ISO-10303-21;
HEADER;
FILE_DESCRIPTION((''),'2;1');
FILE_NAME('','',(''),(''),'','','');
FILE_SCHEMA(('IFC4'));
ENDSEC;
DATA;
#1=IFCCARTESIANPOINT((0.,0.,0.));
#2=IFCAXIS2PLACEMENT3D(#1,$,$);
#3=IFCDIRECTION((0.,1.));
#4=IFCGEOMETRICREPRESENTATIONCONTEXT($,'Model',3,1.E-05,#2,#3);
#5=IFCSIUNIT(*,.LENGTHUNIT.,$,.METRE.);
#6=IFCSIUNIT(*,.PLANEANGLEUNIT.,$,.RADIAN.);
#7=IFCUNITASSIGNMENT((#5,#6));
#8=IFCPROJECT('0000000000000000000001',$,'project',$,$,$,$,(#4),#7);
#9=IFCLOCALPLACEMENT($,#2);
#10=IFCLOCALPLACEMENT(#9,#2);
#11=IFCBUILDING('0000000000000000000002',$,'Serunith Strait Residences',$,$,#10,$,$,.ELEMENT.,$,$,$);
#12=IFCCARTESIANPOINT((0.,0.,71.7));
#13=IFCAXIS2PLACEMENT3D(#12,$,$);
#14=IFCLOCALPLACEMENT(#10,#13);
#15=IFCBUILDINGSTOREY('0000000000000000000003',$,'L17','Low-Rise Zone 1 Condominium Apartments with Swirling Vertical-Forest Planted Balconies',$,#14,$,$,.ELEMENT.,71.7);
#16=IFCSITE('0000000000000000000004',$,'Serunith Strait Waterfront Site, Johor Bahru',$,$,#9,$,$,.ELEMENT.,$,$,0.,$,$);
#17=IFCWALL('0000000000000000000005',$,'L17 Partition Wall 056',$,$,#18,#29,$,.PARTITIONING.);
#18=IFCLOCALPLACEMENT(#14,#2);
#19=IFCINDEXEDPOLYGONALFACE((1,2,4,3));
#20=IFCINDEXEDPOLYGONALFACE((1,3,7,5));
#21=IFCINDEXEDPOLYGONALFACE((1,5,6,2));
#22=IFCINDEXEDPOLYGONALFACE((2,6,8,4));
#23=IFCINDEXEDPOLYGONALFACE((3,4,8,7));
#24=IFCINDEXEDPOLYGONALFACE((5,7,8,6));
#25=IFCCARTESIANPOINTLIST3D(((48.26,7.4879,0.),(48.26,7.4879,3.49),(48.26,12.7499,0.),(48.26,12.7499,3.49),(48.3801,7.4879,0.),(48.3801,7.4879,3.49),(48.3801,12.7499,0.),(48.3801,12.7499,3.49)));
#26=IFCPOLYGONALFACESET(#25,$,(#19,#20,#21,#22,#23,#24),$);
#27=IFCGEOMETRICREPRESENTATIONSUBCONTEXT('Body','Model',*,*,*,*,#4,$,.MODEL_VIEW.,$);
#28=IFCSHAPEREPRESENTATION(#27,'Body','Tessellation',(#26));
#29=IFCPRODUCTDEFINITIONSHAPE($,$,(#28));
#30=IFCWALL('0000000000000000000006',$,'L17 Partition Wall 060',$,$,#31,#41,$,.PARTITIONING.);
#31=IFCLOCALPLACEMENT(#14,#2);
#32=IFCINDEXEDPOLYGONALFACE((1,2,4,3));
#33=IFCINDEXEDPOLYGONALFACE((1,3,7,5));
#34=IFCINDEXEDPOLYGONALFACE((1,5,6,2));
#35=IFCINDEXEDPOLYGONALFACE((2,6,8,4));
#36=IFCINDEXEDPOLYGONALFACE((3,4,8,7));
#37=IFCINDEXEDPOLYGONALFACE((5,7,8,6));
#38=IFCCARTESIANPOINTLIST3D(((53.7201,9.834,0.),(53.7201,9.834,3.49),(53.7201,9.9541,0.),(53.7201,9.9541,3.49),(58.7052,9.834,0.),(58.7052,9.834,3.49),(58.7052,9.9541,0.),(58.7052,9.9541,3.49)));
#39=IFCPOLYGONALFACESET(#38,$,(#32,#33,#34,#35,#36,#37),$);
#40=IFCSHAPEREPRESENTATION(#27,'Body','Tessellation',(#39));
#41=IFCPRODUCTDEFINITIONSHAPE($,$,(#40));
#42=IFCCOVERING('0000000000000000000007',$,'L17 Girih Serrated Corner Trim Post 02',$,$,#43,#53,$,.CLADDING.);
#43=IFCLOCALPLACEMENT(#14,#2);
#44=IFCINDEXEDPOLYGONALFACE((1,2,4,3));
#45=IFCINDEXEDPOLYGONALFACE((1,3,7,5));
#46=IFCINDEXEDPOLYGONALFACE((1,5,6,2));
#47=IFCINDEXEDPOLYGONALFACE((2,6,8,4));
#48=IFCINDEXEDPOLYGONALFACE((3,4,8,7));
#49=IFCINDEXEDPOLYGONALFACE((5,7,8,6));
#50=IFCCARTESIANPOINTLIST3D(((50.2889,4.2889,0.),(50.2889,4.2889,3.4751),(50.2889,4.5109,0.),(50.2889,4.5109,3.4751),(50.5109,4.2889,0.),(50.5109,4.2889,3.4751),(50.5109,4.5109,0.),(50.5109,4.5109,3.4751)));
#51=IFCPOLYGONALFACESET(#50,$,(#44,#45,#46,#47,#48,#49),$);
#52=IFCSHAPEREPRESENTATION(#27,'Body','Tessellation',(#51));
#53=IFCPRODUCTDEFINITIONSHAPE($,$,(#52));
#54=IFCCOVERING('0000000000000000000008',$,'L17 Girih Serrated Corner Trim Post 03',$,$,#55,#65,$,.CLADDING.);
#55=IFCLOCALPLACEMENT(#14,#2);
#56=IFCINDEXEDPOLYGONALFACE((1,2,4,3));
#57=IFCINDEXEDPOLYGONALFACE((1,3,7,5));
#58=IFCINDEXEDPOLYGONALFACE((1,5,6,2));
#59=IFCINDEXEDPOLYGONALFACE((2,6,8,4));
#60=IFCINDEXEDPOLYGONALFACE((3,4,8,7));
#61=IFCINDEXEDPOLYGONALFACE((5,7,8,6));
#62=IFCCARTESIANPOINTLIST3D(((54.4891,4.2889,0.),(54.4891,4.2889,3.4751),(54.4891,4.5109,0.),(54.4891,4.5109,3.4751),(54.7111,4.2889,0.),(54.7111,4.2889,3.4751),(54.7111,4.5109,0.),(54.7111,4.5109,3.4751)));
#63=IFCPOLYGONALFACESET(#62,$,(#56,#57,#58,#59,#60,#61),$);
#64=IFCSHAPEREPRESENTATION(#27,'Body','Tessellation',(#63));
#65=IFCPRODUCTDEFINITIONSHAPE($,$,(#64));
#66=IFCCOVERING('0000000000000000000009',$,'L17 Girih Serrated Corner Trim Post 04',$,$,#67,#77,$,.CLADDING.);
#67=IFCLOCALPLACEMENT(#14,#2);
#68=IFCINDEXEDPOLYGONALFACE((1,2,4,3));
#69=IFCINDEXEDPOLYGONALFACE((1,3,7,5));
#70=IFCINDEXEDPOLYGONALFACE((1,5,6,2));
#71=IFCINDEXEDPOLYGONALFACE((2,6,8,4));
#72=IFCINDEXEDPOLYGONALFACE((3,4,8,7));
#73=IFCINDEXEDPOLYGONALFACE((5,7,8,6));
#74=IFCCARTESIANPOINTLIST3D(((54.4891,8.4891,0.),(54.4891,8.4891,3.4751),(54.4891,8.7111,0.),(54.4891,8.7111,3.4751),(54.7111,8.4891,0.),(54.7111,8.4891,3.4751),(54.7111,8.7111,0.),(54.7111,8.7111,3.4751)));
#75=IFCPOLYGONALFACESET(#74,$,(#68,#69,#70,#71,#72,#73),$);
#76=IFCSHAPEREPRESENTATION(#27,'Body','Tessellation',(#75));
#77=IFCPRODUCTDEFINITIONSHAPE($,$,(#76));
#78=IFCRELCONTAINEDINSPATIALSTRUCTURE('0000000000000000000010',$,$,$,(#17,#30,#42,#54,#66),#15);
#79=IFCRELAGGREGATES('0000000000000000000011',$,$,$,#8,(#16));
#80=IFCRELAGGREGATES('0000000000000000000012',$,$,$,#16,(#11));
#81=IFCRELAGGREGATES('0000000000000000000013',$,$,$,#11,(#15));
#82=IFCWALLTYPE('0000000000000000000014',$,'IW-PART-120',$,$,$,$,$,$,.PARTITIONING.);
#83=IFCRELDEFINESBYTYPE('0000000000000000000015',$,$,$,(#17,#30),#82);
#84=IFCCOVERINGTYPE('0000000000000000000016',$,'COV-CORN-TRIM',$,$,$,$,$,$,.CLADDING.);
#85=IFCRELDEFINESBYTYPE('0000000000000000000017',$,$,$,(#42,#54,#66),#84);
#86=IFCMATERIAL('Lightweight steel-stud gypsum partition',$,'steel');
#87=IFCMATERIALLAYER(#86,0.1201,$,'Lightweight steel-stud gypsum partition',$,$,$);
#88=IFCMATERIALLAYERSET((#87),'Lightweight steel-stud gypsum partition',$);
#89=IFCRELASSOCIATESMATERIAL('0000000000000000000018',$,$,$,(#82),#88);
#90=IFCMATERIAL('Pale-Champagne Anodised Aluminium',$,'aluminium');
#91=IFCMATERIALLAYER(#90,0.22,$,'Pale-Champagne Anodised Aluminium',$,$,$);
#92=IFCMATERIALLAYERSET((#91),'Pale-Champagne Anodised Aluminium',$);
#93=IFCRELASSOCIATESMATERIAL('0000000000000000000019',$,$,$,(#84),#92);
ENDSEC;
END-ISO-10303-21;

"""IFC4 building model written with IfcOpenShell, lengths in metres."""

from ifc_helpers import new_model, si_unit, direction, frame, frame_2d, origin, origin_2d, place, context, subcontext, project, spatial, rectangle, extrude, source, transform, mapped, material, layer, layer_set, type_object, element, save


model = new_model("IFC4")

# Units and contexts
model_context = context("Model", 3, precision=1e-05, world=origin(), true_north=direction((0.0, 1.0)))
body_context = subcontext(model_context, "Body", "Model", "MODEL_VIEW")
ifc_project = project(units=[si_unit("LENGTHUNIT", "METRE"), si_unit("PLANEANGLEUNIT", "RADIAN")], contexts=[model_context])

# Site, building, storey
site_placement = place(None, origin())
site = spatial("IfcSite", under=ifc_project, at=site_placement, Name="Serunith Strait Waterfront Site, Johor Bahru", CompositionType="ELEMENT", RefElevation=0.0)
building_placement = place(site_placement, origin())
building = spatial("IfcBuilding", under=site, at=building_placement, Name="Serunith Strait Residences", CompositionType="ELEMENT")
storey_placement = place(building_placement, frame((0.0, 0.0, 71.7)))
storey = spatial("IfcBuildingStorey", under=building, at=storey_placement, Name="L17", Description="Low-Rise Zone 1 Condominium Apartments with Swirling Vertical-Forest Planted Balconies", CompositionType="ELEMENT", Elevation=71.7)

# Shared definitions
ifc_material_1 = material(Name="Pale-Champagne Anodised Aluminium", Category="aluminium")

# Shared definitions
ifc_material_2 = material(Name="Lightweight steel-stud gypsum partition", Category="steel")
ifc_layer_1 = layer(ifc_material_2, 0.1201, Name="Lightweight steel-stud gypsum partition")
ifc_layer_set_1 = layer_set([ifc_layer_1], Name="Lightweight steel-stud gypsum partition")
wall_type_1 = type_object("IfcWallType", Name="IW-PART-120", PredefinedType="PARTITIONING", material=ifc_layer_set_1)

# Walls
wall_1_placement = place(storey_placement, frame((48.3201, 7.488, 0.0), z_axis=(0.0, 0.0, 1.0), x_axis=(0.0, 1.0, 0.0)))
element("IfcWall", 1, at=wall_1_placement, inside=storey, type_object=wall_type_1, Name="L17 Partition Wall 056", PredefinedType="PARTITIONING", context=body_context, shape_type="SweptSolid", body=[
    extrude(rectangle(XDim=5.262, YDim=0.1201, at=frame_2d((2.6309, 0.0))), origin(), (0.0, 0.0, 1.0), 3.49),
])
wall_2_placement = place(storey_placement, frame((53.72, 9.894, 0.0), z_axis=(0.0, 0.0, 1.0), x_axis=(1.0, 0.0, 0.0)))
element("IfcWall", 2, at=wall_2_placement, inside=storey, type_object=wall_type_1, Name="L17 Partition Wall 060", PredefinedType="PARTITIONING", context=body_context, shape_type="SweptSolid", body=[
    extrude(rectangle(XDim=4.9851, YDim=0.1201, at=frame_2d((2.4927, 0.0))), origin(), (0.0, 0.0, 1.0), 3.49),
])

# Coverings
ifc_layer_2 = layer(ifc_material_1, 0.22, Name="Pale-Champagne Anodised Aluminium")
ifc_layer_set_2 = layer_set([ifc_layer_2], Name="Pale-Champagne Anodised Aluminium")
covering_type = type_object("IfcCoveringType", Name="COV-CORN-TRIM", PredefinedType="CLADDING", material=ifc_layer_set_2)
shared_shape_1 = source(origin(), body_context, "Body", "SweptSolid", [
    extrude(rectangle(XDim=0.2219, YDim=0.2219, at=origin_2d()), origin(), (0.0, 0.0, 1.0), 3.4751),
])
for number, where, z_axis, x_axis, name in (
    (3, (50.3999, 4.3999, 0.0), (0.0, 0.0, 1.0), (1.0, 0.0, 0.0), "L17 Girih Serrated Corner Trim Post 02"),
    (4, (54.6001, 4.3999, 0.0), (0.0, 0.0, 1.0), (1.0, 0.0, 0.0), "L17 Girih Serrated Corner Trim Post 03"),
    (5, (54.6001, 8.6001, 0.0), (0.0, 0.0, 1.0), (1.0, 0.0, 0.0), "L17 Girih Serrated Corner Trim Post 04"),
):
    element("IfcCovering", number, at=place(storey_placement, frame(where, z_axis=z_axis, x_axis=x_axis)), inside=storey, type_object=covering_type, Name=name, PredefinedType="CLADDING", context=body_context, shape_type="MappedRepresentation", body=[
        mapped(shared_shape_1, transform((0.0, 0.0, 0.0), scale=1.0)),
    ])

save(model, "model.ifc")
